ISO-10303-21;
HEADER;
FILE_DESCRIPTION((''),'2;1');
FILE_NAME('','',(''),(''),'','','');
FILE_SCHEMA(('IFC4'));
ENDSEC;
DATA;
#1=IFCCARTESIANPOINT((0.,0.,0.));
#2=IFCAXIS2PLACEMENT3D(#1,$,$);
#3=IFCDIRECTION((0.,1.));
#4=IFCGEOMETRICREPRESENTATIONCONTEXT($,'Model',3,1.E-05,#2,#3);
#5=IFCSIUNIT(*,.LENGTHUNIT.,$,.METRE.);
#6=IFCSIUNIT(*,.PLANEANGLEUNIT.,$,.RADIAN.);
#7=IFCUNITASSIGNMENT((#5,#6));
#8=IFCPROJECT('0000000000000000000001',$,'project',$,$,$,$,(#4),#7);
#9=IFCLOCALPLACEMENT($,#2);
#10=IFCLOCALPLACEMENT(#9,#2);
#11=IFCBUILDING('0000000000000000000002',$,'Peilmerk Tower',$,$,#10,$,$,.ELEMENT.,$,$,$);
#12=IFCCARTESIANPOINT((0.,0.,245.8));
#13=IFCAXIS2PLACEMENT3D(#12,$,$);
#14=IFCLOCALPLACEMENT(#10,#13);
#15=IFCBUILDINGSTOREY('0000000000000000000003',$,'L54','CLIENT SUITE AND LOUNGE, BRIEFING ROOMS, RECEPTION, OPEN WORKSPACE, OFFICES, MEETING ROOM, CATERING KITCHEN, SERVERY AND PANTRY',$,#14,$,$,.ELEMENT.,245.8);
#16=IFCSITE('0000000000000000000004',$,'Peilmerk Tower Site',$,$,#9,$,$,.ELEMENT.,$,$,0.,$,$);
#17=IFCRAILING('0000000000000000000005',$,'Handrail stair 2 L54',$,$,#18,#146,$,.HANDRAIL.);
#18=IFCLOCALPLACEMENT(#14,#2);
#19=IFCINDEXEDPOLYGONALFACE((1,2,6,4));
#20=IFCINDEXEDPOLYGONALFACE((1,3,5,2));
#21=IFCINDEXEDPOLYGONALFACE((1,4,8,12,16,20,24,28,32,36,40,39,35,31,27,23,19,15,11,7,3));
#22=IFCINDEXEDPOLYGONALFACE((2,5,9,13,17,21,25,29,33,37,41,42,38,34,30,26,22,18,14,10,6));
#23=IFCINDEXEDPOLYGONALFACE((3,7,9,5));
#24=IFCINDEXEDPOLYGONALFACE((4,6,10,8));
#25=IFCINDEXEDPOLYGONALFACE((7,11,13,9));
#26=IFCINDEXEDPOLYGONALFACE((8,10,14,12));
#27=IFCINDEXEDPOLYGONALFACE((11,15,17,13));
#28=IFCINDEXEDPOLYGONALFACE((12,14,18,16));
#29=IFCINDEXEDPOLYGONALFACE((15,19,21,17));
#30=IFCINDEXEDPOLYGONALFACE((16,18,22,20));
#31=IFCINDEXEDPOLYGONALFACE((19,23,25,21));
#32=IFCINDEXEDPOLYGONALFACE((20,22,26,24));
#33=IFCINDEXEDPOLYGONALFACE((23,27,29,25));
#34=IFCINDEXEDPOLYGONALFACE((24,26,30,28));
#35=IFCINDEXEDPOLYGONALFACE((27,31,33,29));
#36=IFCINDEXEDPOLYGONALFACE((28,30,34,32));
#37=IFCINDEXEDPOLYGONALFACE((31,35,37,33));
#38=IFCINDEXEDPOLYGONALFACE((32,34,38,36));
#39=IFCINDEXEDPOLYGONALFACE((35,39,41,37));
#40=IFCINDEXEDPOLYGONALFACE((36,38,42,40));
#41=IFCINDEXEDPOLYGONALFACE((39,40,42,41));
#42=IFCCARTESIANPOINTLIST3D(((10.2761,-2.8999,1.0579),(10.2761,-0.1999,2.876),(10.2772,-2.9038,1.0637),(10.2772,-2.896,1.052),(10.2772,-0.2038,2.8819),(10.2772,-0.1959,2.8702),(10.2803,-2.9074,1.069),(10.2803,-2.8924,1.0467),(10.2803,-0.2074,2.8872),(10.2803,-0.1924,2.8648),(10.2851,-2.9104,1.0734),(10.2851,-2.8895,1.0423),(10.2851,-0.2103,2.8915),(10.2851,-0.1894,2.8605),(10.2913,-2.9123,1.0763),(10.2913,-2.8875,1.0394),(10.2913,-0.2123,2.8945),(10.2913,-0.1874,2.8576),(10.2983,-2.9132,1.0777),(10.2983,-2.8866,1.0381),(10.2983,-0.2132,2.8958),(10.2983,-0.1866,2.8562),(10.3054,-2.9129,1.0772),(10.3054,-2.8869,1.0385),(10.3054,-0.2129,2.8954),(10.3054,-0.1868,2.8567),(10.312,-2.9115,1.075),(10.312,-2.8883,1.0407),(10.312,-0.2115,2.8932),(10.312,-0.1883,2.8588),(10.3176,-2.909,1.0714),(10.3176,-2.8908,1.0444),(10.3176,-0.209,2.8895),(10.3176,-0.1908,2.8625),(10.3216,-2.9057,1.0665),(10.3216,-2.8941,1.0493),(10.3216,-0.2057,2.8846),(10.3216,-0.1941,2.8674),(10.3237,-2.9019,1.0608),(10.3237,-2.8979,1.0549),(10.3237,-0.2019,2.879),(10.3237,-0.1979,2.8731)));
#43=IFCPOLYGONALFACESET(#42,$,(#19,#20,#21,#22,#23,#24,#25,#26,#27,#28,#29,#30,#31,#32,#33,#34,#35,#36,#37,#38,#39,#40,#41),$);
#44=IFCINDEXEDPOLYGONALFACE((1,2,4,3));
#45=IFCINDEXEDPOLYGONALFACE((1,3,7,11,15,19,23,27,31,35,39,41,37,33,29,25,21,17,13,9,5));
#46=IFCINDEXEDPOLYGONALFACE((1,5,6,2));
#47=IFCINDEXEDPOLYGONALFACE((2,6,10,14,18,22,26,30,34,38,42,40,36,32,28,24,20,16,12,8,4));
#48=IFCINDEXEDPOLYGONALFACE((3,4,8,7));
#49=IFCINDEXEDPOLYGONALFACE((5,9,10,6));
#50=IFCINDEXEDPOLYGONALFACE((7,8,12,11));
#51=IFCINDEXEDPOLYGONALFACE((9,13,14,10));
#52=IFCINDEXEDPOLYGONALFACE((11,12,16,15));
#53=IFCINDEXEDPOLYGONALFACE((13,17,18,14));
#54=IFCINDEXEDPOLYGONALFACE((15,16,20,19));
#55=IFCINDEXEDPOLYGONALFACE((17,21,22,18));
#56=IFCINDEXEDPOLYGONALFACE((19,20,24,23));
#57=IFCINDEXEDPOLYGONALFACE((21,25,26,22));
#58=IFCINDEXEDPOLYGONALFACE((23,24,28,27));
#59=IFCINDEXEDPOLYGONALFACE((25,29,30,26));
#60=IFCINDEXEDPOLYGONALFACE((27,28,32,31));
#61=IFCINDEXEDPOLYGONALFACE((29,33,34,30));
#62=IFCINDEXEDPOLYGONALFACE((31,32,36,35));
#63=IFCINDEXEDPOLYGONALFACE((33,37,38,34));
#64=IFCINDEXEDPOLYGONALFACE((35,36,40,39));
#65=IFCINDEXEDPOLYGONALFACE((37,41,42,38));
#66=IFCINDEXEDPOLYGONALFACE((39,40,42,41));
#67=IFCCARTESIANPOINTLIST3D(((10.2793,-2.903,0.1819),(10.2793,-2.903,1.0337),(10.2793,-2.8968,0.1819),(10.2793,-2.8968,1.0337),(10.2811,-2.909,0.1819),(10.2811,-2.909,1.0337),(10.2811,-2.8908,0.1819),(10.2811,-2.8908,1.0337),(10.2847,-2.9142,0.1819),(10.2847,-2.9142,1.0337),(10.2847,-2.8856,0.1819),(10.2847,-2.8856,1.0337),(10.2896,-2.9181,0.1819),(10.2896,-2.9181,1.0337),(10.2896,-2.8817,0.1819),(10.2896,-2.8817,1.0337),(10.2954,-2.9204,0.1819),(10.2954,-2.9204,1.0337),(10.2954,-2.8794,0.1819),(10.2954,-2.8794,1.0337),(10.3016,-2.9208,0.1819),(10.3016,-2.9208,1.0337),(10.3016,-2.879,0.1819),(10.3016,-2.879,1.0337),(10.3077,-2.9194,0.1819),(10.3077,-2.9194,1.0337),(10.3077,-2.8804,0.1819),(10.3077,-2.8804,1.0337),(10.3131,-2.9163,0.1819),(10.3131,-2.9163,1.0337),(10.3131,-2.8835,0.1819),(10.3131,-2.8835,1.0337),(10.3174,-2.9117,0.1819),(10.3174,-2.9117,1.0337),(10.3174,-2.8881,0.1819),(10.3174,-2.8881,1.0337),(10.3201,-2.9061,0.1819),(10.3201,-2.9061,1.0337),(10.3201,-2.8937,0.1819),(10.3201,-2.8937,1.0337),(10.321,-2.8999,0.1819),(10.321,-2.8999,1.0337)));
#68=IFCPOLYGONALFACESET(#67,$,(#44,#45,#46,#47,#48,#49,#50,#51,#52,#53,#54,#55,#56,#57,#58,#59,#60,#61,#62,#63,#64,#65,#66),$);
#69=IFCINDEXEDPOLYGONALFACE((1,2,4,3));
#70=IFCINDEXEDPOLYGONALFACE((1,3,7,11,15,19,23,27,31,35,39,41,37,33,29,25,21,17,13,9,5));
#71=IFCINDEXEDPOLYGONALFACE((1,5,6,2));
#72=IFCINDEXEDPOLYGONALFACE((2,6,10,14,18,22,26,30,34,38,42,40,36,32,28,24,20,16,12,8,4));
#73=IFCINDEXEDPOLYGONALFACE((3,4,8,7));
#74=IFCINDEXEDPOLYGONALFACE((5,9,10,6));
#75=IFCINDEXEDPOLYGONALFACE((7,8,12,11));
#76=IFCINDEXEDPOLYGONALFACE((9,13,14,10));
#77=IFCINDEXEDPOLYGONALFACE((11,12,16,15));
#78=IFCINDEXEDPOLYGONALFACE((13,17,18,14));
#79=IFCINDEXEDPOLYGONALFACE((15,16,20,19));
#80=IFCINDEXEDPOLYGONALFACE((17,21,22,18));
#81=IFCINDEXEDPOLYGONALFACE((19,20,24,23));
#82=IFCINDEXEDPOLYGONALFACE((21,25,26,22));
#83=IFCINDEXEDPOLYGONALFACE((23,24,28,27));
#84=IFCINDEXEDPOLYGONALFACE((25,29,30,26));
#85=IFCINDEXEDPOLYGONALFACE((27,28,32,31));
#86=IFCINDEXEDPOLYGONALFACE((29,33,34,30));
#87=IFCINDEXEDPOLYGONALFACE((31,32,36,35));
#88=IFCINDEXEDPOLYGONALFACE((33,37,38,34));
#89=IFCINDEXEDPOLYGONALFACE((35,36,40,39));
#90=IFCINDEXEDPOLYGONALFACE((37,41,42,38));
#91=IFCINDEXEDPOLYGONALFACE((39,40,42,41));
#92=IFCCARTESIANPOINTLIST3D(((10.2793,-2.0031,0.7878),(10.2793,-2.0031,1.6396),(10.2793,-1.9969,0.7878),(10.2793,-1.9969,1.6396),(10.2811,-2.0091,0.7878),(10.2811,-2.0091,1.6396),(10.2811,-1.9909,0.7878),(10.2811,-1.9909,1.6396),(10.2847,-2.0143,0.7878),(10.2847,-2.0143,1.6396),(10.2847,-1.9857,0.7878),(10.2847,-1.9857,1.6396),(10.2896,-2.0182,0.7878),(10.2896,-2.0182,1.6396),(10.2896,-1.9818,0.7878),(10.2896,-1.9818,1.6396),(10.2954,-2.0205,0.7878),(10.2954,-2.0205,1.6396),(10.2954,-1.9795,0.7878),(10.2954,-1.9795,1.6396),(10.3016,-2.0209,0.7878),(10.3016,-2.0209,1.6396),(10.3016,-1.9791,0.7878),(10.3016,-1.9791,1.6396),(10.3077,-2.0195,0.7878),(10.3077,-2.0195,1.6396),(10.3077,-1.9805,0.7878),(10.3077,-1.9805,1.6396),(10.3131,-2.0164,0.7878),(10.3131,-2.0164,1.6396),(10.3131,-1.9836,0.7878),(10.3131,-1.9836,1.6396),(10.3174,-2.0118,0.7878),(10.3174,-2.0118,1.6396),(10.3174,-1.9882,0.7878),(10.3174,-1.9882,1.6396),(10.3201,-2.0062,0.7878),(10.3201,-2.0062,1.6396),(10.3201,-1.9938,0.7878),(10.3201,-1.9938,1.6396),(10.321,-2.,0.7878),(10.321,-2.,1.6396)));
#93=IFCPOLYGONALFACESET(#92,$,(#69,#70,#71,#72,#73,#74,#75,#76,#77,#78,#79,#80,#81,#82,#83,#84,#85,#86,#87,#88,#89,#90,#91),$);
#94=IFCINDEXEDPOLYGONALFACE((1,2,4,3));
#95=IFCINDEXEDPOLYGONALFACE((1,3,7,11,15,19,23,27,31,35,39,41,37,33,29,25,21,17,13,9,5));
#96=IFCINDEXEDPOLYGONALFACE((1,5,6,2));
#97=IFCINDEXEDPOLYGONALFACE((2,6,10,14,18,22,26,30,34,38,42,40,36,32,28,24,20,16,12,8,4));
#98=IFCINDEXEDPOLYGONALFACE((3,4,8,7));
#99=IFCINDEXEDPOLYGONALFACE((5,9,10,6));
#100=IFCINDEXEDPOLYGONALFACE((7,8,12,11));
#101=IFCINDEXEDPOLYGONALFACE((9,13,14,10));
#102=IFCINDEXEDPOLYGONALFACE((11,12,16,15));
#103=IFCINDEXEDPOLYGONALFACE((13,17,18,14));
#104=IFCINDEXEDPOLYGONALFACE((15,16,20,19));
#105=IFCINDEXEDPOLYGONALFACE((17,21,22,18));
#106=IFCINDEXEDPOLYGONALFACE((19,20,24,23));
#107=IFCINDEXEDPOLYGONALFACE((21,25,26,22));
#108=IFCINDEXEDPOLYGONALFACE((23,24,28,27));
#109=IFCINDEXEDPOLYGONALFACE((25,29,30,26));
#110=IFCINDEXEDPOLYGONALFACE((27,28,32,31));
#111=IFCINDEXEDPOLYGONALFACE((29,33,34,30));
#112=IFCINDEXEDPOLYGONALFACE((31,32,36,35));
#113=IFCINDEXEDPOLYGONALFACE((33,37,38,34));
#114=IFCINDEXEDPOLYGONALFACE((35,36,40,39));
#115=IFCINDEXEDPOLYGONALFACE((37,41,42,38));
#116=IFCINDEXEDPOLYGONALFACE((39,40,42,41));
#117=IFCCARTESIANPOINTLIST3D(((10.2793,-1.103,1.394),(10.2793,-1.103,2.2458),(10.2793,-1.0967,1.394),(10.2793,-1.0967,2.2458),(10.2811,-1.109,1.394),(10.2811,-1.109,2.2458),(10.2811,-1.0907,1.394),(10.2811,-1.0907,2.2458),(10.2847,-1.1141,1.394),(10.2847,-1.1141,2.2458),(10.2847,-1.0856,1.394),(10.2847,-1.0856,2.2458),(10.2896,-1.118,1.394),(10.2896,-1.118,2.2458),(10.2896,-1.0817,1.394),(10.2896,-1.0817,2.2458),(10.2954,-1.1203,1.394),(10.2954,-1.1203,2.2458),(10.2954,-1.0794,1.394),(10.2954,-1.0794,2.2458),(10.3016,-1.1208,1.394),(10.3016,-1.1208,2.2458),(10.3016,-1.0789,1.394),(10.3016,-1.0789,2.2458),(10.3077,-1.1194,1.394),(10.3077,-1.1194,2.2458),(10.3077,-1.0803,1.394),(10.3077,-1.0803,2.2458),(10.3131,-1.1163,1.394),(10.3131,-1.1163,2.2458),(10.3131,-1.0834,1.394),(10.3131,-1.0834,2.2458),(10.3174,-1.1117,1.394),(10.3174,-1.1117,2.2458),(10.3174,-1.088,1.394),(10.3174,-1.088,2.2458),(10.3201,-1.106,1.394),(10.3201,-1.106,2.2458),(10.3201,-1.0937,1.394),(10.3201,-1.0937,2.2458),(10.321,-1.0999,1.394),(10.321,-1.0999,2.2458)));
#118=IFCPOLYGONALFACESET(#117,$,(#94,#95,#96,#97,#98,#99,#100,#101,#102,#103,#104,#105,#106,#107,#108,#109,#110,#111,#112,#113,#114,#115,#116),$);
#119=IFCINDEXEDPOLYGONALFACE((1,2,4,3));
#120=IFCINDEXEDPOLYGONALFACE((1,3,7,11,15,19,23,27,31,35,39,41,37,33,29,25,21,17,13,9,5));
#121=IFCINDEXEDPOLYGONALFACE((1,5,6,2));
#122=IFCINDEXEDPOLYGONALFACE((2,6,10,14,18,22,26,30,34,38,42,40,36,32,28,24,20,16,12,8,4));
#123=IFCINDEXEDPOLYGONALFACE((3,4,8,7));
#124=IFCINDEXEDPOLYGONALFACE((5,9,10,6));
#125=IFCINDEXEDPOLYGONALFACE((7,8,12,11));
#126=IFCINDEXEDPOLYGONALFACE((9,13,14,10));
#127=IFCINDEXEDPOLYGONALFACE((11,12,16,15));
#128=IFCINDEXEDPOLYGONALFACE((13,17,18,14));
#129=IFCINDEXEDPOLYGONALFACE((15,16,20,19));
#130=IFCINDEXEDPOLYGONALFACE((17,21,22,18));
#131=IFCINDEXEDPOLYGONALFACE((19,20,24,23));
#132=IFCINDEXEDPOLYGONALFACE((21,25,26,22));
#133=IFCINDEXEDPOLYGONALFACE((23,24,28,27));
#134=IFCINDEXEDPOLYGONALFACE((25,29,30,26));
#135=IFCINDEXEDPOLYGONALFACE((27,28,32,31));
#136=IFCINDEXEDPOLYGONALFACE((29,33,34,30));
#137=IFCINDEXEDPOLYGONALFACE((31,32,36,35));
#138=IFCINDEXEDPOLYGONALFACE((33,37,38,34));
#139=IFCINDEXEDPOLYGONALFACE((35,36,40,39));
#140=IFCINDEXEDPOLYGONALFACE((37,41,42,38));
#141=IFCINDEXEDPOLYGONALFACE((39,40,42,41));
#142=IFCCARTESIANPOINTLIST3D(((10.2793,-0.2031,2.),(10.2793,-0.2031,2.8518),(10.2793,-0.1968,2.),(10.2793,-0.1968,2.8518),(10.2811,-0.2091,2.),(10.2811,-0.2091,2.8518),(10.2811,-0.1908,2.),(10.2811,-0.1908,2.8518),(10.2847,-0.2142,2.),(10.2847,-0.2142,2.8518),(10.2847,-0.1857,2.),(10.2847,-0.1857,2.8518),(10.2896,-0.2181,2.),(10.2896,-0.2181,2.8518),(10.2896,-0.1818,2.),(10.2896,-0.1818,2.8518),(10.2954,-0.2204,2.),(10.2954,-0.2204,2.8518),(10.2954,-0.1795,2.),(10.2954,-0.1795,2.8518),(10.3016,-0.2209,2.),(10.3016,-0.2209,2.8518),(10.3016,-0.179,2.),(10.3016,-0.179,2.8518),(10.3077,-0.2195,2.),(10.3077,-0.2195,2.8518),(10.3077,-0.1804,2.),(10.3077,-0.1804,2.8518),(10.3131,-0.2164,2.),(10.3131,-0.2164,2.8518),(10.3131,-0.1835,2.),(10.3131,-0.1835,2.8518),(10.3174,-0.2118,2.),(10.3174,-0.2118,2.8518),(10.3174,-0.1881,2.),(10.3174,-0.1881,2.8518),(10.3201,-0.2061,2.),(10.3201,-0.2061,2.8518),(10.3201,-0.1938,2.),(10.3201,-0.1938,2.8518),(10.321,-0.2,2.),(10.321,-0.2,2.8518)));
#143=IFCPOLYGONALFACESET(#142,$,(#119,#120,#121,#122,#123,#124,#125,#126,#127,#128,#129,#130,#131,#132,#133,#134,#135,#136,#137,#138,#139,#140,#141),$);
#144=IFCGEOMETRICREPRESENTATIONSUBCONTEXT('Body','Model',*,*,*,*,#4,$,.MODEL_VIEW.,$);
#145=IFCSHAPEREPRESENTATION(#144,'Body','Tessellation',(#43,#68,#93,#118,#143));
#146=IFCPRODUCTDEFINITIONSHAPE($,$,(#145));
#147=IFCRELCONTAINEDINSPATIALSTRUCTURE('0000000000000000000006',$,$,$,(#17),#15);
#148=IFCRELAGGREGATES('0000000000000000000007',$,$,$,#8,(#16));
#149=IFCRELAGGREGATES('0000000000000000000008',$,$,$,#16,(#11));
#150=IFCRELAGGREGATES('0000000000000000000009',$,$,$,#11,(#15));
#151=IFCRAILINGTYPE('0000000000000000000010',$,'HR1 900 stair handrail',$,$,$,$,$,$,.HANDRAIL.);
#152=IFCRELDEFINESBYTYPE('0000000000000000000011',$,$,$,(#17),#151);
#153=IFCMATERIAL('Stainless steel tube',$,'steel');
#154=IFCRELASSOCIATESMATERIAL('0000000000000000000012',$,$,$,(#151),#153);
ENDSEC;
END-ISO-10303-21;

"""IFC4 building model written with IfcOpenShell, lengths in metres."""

from ifc_helpers import new_model, si_unit, direction, frame, origin, origin_2d, place, context, subcontext, project, spatial, circle, extrude, material, type_object, element, save


model = new_model("IFC4")

# Units and contexts
model_context = context("Model", 3, precision=1e-05, world=origin(), true_north=direction((0.0, 1.0)))
body_context = subcontext(model_context, "Body", "Model", "MODEL_VIEW")
ifc_project = project(units=[si_unit("LENGTHUNIT", "METRE"), si_unit("PLANEANGLEUNIT", "RADIAN")], contexts=[model_context])

# Site, building, storey
site_placement = place(None, origin())
site = spatial("IfcSite", under=ifc_project, at=site_placement, Name="Peilmerk Tower Site", CompositionType="ELEMENT", RefElevation=0.0)
building_placement = place(site_placement, origin())
building = spatial("IfcBuilding", under=site, at=building_placement, Name="Peilmerk Tower", CompositionType="ELEMENT")
storey_placement = place(building_placement, frame((0.0, 0.0, 245.8)))
storey = spatial("IfcBuildingStorey", under=building, at=storey_placement, Name="L54", Description="CLIENT SUITE AND LOUNGE, BRIEFING ROOMS, RECEPTION, OPEN WORKSPACE, OFFICES, MEETING ROOM, CATERING KITCHEN, SERVERY AND PANTRY", CompositionType="ELEMENT", Elevation=245.8)

# Railing
ifc_material_1 = material(Name="Stainless steel tube", Category="steel")
railing_type_1 = type_object("IfcRailingType", Name="HR1 900 stair handrail", PredefinedType="HANDRAIL", material=ifc_material_1)
railing_1_placement = place(storey_placement, frame((10.3, -2.8999, 0.1819)))
element("IfcRailing", 1, at=railing_1_placement, inside=storey, type_object=railing_type_1, Name="Handrail stair 2 L54", PredefinedType="HANDRAIL", context=body_context, shape_type="SweptSolid", body=[
    extrude(circle(Radius=0.0239, at=origin_2d()), frame((0.0, 0.0, 0.876), z_axis=(0.0, 0.829468, 0.558554), x_axis=(-1.0, 0.0, 0.0)), (0.0, 0.0, 1.0), 3.2551),
    extrude(circle(Radius=0.021, at=origin_2d()), origin(), (0.0, 0.0, 1.0), 0.8518),
    extrude(circle(Radius=0.021, at=origin_2d()), frame((0.0, 0.8999, 0.606)), (0.0, 0.0, 1.0), 0.8518),
    extrude(circle(Radius=0.021, at=origin_2d()), frame((0.0, 1.8, 1.2122)), (0.0, 0.0, 1.0), 0.8518),
    extrude(circle(Radius=0.021, at=origin_2d()), frame((0.0, 2.7, 1.8181)), (0.0, 0.0, 1.0), 0.8518),
])

save(model, "model.ifc")
